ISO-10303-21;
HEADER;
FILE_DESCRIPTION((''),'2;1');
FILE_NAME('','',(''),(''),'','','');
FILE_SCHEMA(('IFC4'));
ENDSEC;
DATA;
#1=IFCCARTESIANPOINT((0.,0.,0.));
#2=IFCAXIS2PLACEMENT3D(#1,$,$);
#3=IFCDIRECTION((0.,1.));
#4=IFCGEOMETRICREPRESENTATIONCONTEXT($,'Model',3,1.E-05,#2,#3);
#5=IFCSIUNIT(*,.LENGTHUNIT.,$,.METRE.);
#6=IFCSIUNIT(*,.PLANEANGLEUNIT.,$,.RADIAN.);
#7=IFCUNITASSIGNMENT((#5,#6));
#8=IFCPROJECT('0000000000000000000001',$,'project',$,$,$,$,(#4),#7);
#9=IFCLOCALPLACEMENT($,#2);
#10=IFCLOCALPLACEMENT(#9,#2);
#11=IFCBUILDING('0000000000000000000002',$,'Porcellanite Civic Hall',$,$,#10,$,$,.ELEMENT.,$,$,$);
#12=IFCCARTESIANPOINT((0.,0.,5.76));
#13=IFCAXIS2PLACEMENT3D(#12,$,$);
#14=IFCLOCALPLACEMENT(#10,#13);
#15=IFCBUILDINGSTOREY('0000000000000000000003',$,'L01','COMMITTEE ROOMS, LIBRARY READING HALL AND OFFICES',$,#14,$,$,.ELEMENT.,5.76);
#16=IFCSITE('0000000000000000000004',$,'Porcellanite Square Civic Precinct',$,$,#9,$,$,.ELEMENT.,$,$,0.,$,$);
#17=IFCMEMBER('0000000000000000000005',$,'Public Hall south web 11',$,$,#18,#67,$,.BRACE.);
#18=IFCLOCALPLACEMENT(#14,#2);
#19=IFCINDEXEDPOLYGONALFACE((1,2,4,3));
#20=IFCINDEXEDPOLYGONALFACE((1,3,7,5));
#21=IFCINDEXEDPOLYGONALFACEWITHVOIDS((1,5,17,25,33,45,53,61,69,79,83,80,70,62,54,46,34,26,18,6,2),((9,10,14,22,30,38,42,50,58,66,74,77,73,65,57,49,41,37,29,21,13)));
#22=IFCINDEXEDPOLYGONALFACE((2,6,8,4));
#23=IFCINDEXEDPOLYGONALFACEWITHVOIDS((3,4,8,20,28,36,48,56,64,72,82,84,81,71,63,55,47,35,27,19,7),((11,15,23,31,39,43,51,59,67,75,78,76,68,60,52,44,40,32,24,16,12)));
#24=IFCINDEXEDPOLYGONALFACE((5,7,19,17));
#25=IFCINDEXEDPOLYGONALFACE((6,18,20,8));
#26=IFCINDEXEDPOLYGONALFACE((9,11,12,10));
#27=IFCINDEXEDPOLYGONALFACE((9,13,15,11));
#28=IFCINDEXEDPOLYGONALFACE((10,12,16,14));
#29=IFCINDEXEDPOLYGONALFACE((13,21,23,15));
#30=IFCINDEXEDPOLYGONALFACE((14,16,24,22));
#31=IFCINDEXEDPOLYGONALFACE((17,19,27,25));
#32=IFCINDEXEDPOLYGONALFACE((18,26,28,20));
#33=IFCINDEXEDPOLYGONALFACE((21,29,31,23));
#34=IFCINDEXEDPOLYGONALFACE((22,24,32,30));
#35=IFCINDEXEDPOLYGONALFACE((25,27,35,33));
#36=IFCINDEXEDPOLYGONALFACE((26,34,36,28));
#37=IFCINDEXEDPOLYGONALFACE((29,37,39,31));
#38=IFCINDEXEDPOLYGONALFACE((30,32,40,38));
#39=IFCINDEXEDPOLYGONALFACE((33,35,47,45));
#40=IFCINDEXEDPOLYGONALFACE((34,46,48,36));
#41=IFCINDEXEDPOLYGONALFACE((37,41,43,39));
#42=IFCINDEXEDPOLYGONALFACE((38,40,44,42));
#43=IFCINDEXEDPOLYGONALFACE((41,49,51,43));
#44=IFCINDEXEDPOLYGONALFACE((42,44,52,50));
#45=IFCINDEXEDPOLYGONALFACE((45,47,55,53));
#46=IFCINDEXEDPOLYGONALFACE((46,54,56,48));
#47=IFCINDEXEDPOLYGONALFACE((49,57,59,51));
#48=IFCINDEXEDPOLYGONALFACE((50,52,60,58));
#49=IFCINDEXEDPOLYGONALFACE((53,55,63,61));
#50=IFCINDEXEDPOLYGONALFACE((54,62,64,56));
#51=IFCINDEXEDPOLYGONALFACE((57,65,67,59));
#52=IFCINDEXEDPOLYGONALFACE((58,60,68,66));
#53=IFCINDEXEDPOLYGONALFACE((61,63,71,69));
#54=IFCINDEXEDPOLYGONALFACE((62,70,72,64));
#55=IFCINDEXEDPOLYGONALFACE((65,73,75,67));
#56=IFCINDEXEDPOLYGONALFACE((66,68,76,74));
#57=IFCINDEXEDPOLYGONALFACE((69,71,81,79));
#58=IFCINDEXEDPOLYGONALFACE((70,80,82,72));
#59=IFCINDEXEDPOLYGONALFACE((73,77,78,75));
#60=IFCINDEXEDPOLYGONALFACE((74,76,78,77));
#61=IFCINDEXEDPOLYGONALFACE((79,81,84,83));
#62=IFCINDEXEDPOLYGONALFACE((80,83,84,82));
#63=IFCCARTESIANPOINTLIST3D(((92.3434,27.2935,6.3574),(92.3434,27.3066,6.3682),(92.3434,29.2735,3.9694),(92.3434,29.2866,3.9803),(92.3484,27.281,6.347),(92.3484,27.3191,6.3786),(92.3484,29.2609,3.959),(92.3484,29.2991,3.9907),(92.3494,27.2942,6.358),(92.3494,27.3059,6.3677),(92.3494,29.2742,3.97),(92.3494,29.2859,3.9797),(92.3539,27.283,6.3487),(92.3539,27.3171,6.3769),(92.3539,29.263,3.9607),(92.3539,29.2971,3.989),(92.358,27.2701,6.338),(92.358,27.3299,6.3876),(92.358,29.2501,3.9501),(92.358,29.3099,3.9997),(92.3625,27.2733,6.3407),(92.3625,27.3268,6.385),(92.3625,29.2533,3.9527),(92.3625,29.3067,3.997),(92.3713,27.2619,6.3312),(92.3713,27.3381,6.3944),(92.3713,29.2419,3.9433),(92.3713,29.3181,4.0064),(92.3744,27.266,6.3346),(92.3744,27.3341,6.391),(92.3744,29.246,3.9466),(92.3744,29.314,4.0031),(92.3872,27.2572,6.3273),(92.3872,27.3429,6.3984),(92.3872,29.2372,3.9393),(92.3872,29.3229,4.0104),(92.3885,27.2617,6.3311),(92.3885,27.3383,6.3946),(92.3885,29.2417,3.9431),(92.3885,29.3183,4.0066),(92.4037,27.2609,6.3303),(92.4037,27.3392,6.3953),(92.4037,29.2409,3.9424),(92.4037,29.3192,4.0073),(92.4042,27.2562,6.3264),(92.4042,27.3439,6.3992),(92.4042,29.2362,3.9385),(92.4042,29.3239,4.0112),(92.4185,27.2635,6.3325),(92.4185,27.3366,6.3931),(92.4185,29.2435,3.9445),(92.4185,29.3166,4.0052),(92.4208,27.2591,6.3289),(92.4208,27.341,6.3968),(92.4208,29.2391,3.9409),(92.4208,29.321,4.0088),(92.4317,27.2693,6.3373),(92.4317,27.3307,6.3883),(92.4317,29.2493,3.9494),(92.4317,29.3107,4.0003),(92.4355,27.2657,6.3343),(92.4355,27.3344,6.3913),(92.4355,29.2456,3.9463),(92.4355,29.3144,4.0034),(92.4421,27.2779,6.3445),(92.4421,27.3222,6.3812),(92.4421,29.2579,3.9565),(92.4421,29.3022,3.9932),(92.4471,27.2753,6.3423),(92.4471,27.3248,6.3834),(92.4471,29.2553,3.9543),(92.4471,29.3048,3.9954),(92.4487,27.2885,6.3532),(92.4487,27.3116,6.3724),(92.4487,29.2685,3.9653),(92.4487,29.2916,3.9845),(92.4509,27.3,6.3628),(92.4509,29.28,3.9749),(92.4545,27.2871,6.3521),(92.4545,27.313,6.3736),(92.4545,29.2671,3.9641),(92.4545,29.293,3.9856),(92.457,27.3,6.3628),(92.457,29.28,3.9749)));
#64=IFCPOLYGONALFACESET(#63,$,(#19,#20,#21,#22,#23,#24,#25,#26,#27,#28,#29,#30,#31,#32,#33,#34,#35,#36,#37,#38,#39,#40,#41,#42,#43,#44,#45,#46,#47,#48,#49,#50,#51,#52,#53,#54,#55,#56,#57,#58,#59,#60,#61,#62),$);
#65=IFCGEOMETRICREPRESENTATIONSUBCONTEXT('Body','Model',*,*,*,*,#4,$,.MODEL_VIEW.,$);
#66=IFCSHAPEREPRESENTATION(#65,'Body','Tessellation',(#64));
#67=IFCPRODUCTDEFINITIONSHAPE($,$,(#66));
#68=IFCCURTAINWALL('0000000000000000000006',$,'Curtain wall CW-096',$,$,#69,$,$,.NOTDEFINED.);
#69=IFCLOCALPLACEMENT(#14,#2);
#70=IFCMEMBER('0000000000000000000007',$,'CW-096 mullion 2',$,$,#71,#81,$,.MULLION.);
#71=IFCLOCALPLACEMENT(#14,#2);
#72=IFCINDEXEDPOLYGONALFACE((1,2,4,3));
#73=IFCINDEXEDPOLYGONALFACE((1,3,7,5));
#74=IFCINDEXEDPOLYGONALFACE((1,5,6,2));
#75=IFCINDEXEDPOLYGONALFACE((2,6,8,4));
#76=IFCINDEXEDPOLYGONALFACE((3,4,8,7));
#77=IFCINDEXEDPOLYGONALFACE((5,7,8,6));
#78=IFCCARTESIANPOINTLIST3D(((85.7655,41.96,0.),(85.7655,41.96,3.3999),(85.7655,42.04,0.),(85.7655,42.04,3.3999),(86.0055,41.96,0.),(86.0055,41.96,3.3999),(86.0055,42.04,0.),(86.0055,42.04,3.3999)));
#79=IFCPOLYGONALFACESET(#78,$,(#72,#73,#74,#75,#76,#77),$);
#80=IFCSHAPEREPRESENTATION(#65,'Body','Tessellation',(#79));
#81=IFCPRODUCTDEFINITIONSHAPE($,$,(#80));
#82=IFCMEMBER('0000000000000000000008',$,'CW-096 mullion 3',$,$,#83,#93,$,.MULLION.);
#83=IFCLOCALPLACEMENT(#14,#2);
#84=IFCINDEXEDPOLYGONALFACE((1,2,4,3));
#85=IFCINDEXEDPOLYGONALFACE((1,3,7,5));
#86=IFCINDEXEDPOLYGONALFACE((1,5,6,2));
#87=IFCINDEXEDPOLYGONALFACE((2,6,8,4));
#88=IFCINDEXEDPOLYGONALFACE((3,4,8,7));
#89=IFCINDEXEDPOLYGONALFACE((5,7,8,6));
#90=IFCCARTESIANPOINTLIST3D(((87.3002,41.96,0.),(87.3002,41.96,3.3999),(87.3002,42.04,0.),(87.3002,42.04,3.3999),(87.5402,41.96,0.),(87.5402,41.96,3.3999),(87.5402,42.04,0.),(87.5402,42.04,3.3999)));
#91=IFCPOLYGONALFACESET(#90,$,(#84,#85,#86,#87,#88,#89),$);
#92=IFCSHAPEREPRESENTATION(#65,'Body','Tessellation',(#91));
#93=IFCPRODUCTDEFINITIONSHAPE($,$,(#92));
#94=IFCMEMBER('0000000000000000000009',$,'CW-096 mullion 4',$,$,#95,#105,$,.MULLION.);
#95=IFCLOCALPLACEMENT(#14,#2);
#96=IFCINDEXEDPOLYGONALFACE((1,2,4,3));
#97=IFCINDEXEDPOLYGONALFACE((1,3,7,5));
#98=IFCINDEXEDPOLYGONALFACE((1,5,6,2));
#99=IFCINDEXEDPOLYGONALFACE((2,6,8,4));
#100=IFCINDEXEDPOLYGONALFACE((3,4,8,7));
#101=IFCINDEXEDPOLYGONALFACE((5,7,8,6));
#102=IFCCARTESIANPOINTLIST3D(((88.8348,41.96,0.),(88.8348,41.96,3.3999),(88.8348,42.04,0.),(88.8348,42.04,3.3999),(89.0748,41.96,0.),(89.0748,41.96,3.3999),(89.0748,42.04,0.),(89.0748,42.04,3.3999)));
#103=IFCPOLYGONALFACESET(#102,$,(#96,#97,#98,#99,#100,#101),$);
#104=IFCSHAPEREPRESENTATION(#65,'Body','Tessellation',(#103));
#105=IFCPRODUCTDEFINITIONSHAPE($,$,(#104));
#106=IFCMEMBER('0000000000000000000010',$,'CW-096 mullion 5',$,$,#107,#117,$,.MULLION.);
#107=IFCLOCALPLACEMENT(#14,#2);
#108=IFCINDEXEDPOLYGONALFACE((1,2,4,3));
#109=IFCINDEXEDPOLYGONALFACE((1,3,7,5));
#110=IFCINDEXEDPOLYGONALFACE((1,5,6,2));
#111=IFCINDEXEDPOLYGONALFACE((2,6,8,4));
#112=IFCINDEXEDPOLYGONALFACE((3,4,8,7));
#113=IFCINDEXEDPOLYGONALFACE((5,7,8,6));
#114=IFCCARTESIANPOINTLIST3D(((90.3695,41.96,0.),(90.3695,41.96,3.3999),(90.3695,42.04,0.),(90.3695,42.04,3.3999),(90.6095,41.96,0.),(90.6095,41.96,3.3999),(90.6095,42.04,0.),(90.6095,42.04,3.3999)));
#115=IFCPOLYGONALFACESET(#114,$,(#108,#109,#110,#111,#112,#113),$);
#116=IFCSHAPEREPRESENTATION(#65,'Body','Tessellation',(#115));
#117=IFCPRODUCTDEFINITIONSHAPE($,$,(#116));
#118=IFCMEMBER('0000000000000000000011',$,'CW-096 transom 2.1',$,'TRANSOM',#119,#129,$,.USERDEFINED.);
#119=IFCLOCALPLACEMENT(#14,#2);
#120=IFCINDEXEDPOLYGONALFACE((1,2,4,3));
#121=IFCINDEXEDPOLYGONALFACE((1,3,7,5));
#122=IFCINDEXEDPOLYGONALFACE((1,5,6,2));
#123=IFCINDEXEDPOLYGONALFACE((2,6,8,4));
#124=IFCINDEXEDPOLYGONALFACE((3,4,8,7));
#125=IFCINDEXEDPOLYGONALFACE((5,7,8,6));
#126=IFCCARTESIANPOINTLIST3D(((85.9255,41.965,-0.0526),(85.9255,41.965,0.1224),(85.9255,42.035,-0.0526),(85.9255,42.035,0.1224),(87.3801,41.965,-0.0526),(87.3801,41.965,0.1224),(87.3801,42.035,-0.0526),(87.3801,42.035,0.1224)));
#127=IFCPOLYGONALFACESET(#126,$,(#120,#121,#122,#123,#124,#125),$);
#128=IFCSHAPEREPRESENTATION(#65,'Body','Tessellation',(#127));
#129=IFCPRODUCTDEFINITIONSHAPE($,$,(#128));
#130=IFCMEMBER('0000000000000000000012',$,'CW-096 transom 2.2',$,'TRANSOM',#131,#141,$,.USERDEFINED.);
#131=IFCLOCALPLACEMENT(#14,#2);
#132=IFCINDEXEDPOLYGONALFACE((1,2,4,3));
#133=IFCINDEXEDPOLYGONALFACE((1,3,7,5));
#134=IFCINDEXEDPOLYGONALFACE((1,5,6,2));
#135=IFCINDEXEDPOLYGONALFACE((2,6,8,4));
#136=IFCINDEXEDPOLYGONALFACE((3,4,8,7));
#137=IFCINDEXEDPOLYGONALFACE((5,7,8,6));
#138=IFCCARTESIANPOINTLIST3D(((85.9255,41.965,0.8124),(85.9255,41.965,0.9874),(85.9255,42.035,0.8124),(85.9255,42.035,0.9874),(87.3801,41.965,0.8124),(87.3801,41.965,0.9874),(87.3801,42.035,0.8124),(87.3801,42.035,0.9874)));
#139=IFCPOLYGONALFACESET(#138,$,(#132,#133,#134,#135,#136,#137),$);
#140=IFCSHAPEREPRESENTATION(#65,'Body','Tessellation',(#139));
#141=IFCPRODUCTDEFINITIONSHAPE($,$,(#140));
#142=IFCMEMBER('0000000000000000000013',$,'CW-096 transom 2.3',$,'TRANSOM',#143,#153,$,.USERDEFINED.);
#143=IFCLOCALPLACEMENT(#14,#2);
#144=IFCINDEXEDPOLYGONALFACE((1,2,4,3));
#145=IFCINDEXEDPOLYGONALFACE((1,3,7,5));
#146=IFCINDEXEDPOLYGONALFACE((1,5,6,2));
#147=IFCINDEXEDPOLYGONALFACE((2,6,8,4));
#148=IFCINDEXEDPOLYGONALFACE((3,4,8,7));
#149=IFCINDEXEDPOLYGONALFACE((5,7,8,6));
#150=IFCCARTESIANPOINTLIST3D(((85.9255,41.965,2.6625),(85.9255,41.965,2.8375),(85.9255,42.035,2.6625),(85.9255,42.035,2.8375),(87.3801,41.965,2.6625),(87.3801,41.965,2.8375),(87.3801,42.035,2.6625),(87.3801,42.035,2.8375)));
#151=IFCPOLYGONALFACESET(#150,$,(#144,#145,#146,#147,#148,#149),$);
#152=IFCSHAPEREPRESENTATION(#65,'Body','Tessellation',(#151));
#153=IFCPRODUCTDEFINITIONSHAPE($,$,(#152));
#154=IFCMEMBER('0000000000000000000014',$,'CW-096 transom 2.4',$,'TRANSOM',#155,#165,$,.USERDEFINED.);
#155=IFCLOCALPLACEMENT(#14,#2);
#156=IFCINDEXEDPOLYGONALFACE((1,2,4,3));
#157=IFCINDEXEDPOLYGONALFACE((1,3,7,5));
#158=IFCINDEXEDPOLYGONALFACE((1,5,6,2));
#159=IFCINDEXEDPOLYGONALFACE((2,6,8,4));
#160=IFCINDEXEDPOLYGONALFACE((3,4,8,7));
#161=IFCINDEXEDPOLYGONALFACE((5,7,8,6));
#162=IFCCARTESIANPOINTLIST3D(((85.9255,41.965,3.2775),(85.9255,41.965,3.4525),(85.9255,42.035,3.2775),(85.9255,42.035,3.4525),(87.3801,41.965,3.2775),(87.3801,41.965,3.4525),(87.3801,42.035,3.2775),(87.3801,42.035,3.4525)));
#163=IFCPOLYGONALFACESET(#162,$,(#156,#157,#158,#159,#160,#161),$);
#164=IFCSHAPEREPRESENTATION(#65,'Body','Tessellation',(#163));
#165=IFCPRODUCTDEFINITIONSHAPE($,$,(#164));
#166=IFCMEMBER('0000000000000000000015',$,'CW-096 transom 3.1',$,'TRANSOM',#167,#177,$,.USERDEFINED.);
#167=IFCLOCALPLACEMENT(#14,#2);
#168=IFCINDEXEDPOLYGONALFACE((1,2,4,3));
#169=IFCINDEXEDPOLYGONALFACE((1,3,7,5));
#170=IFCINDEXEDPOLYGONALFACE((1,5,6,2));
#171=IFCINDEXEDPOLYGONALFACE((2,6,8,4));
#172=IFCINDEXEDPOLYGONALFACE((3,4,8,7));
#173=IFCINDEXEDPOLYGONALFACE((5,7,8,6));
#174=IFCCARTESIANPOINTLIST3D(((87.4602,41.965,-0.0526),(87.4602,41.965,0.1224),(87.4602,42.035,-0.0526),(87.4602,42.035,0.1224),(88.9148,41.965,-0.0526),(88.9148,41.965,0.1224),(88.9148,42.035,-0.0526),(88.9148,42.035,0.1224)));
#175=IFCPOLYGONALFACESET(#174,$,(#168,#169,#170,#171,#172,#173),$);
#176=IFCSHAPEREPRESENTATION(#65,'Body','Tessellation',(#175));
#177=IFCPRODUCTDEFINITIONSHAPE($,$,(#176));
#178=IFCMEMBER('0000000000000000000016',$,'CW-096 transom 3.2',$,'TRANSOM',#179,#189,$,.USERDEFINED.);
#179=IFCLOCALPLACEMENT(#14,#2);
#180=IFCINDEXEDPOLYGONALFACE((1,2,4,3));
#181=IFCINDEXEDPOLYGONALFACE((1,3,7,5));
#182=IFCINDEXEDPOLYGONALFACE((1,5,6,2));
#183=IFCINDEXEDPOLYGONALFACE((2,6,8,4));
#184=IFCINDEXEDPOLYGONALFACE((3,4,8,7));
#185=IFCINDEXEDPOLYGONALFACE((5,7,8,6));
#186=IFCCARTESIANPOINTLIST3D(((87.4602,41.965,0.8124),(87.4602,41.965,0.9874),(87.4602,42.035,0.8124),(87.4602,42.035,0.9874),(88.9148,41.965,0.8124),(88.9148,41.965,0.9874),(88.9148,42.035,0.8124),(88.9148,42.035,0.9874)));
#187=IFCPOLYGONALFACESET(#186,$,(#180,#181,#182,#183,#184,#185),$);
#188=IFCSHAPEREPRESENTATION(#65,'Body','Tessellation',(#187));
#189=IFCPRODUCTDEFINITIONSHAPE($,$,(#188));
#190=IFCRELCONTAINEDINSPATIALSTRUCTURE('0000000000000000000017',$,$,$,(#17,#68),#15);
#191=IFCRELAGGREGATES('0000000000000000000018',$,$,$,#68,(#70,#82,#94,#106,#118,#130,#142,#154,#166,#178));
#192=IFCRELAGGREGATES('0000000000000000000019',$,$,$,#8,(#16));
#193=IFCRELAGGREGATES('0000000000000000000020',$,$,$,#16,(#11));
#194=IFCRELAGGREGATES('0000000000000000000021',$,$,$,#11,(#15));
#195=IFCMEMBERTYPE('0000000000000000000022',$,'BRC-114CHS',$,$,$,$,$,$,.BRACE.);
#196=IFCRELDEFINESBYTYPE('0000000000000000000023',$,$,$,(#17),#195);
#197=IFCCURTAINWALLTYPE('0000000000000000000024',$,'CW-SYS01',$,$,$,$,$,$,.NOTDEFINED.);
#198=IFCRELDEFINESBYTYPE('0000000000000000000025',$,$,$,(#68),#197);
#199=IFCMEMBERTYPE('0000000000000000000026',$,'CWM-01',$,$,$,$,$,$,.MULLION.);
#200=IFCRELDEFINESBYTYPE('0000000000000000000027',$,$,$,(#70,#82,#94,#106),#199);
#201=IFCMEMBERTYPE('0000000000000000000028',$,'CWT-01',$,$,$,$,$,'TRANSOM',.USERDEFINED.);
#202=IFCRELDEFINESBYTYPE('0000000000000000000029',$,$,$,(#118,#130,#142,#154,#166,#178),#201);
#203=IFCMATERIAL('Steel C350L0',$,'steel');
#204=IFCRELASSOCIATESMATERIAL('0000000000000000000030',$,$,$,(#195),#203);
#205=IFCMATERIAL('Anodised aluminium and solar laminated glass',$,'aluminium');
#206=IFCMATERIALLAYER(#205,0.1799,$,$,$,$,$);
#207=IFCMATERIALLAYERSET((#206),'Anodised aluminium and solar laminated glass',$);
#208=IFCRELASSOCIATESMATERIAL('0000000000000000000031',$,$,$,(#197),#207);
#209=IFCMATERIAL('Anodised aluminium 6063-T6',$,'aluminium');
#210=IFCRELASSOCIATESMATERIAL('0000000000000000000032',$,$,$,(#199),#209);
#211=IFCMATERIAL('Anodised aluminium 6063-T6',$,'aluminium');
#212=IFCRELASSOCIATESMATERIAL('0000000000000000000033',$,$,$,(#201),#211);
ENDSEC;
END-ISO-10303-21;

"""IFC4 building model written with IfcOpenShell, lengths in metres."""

from ifc_helpers import new_model, si_unit, direction, frame, origin, origin_2d, place, context, subcontext, project, spatial, rectangle, hollow_circle, extrude, material, layer, layer_set, material_profile, profile_set, type_object, element, aggregate, save


model = new_model("IFC4")

# Units and contexts
model_context = context("Model", 3, precision=1e-05, world=origin(), true_north=direction((0.0, 1.0)))
body_context = subcontext(model_context, "Body", "Model", "MODEL_VIEW")
ifc_project = project(units=[si_unit("LENGTHUNIT", "METRE"), si_unit("PLANEANGLEUNIT", "RADIAN")], contexts=[model_context])

# Site, building, storey
site_placement = place(None, origin())
site = spatial("IfcSite", under=ifc_project, at=site_placement, Name="Porcellanite Square Civic Precinct", CompositionType="ELEMENT", RefElevation=0.0)
building_placement = place(site_placement, origin())
building = spatial("IfcBuilding", under=site, at=building_placement, Name="Porcellanite Civic Hall", CompositionType="ELEMENT")
storey_placement = place(building_placement, frame((0.0, 0.0, 5.76)))
storey = spatial("IfcBuildingStorey", under=building, at=storey_placement, Name="L01", Description="COMMITTEE ROOMS, LIBRARY READING HALL AND OFFICES", CompositionType="ELEMENT", Elevation=5.76)

# Member
ifc_material_1 = material(Name="Steel C350L0", Category="steel")
ifc_material_profile_1 = material_profile(ifc_material_1, hollow_circle(Radius=0.0571, WallThickness=0.0061, at=origin_2d()), Name="114.3x6.0CHS")
ifc_profile_set_1 = profile_set([ifc_material_profile_1], Name="Steel C350L0")
member_type_1 = type_object("IfcMemberType", Name="BRC-114CHS", PredefinedType="BRACE", material=ifc_profile_set_1)
member_1_placement = place(storey_placement, frame((92.3999, 29.28, 3.9749), z_axis=(0.0, -0.638286, 0.769799), x_axis=(1.0, 0.0, 0.0)))
element("IfcMember", 1, at=member_1_placement, inside=storey, type_object=member_type_1, Name="Public Hall south web 11", PredefinedType="BRACE", context=body_context, shape_type="SweptSolid", body=[
    extrude(hollow_circle(Radius=0.0571, WallThickness=0.0061, at=origin_2d()), origin(), (0.0, 0.0, 1.0), 3.1021),
])

# Curtain wall, members
ifc_material_2 = material(Name="Anodised aluminium and solar laminated glass", Category="aluminium")
ifc_layer_1 = layer(ifc_material_2, 0.1799)
ifc_layer_set_1 = layer_set([ifc_layer_1], Name="Anodised aluminium and solar laminated glass")
curtain_wall_type = type_object("IfcCurtainWallType", Name="CW-SYS01", PredefinedType="NOTDEFINED", material=ifc_layer_set_1)
curtain_wall_placement = place(storey_placement, origin())
curtain_wall = element("IfcCurtainWall", 2, at=curtain_wall_placement, inside=storey, type_object=curtain_wall_type, Name="Curtain wall CW-096", PredefinedType="NOTDEFINED")
ifc_material_3 = material(Name="Anodised aluminium 6063-T6", Category="aluminium")
ifc_material_profile_2 = material_profile(ifc_material_3, rectangle(XDim=0.0801, YDim=0.24, at=origin_2d()), Name="AL-80x240")
ifc_profile_set_2 = profile_set([ifc_material_profile_2], Name="Anodised aluminium 6063-T6")
member_type_2 = type_object("IfcMemberType", Name="CWM-01", PredefinedType="MULLION", material=ifc_profile_set_2)
member_2_placement = place(storey_placement, frame((85.8855, 42.0, 0.0), z_axis=(0.0, 0.0, 1.0), x_axis=(0.0, 1.0, 0.0)))
member_2 = element("IfcMember", 3, at=member_2_placement, type_object=member_type_2, Name="CW-096 mullion 2", PredefinedType="MULLION", context=body_context, shape_type="SweptSolid", body=[
    extrude(rectangle(XDim=0.0801, YDim=0.24, at=origin_2d()), origin(), (0.0, 0.0, 1.0), 3.3999),
])
member_3_placement = place(storey_placement, frame((87.4202, 42.0, 0.0), z_axis=(0.0, 0.0, 1.0), x_axis=(0.0, 1.0, 0.0)))
member_3 = element("IfcMember", 4, at=member_3_placement, type_object=member_type_2, Name="CW-096 mullion 3", PredefinedType="MULLION", context=body_context, shape_type="SweptSolid", body=[
    extrude(rectangle(XDim=0.0801, YDim=0.24, at=origin_2d()), origin(), (0.0, 0.0, 1.0), 3.3999),
])
member_4_placement = place(storey_placement, frame((88.9548, 42.0, 0.0), z_axis=(0.0, 0.0, 1.0), x_axis=(0.0, 1.0, 0.0)))
member_4 = element("IfcMember", 5, at=member_4_placement, type_object=member_type_2, Name="CW-096 mullion 4", PredefinedType="MULLION", context=body_context, shape_type="SweptSolid", body=[
    extrude(rectangle(XDim=0.0801, YDim=0.24, at=origin_2d()), origin(), (0.0, 0.0, 1.0), 3.3999),
])
member_5_placement = place(storey_placement, frame((90.4895, 42.0, 0.0), z_axis=(0.0, 0.0, 1.0), x_axis=(0.0, 1.0, 0.0)))
member_5 = element("IfcMember", 6, at=member_5_placement, type_object=member_type_2, Name="CW-096 mullion 5", PredefinedType="MULLION", context=body_context, shape_type="SweptSolid", body=[
    extrude(rectangle(XDim=0.0801, YDim=0.24, at=origin_2d()), origin(), (0.0, 0.0, 1.0), 3.3999),
])
ifc_material_4 = material(Name="Anodised aluminium 6063-T6", Category="aluminium")
ifc_material_profile_3 = material_profile(ifc_material_4, rectangle(XDim=0.0701, YDim=0.175, at=origin_2d()), Name="AL-70x175")
ifc_profile_set_3 = profile_set([ifc_material_profile_3], Name="Anodised aluminium 6063-T6")
member_type_3 = type_object("IfcMemberType", Name="CWT-01", ElementType="TRANSOM", PredefinedType="USERDEFINED", material=ifc_profile_set_3)
member_6_placement = place(storey_placement, frame((85.9255, 42.0, 0.0349), z_axis=(1.0, 0.0, 0.0), x_axis=(0.0, 1.0, 0.0)))
member_6 = element("IfcMember", 7, at=member_6_placement, type_object=member_type_3, Name="CW-096 transom 2.1", ObjectType="TRANSOM", PredefinedType="USERDEFINED", context=body_context, shape_type="SweptSolid", body=[
    extrude(rectangle(XDim=0.0701, YDim=0.175, at=origin_2d()), origin(), (0.0, 0.0, 1.0), 1.4546),
])
member_7_placement = place(storey_placement, frame((85.9255, 42.0, 0.8999), z_axis=(1.0, 0.0, 0.0), x_axis=(0.0, 1.0, 0.0)))
member_7 = element("IfcMember", 8, at=member_7_placement, type_object=member_type_3, Name="CW-096 transom 2.2", ObjectType="TRANSOM", PredefinedType="USERDEFINED", context=body_context, shape_type="SweptSolid", body=[
    extrude(rectangle(XDim=0.0701, YDim=0.175, at=origin_2d()), origin(), (0.0, 0.0, 1.0), 1.4546),
])
member_8_placement = place(storey_placement, frame((85.9255, 42.0, 2.75), z_axis=(1.0, 0.0, 0.0), x_axis=(0.0, 1.0, 0.0)))
member_8 = element("IfcMember", 9, at=member_8_placement, type_object=member_type_3, Name="CW-096 transom 2.3", ObjectType="TRANSOM", PredefinedType="USERDEFINED", context=body_context, shape_type="SweptSolid", body=[
    extrude(rectangle(XDim=0.0701, YDim=0.175, at=origin_2d()), origin(), (0.0, 0.0, 1.0), 1.4546),
])
member_9_placement = place(storey_placement, frame((85.9255, 42.0, 3.365), z_axis=(1.0, 0.0, 0.0), x_axis=(0.0, 1.0, 0.0)))
member_9 = element("IfcMember", 10, at=member_9_placement, type_object=member_type_3, Name="CW-096 transom 2.4", ObjectType="TRANSOM", PredefinedType="USERDEFINED", context=body_context, shape_type="SweptSolid", body=[
    extrude(rectangle(XDim=0.0701, YDim=0.175, at=origin_2d()), origin(), (0.0, 0.0, 1.0), 1.4546),
])
member_10_placement = place(storey_placement, frame((87.4602, 42.0, 0.0349), z_axis=(1.0, 0.0, 0.0), x_axis=(0.0, 1.0, 0.0)))
member_10 = element("IfcMember", 11, at=member_10_placement, type_object=member_type_3, Name="CW-096 transom 3.1", ObjectType="TRANSOM", PredefinedType="USERDEFINED", context=body_context, shape_type="SweptSolid", body=[
    extrude(rectangle(XDim=0.0701, YDim=0.175, at=origin_2d()), origin(), (0.0, 0.0, 1.0), 1.4546),
])
member_11_placement = place(storey_placement, frame((87.4602, 42.0, 0.8999), z_axis=(1.0, 0.0, 0.0), x_axis=(0.0, 1.0, 0.0)))
member_11 = element("IfcMember", 12, at=member_11_placement, type_object=member_type_3, Name="CW-096 transom 3.2", ObjectType="TRANSOM", PredefinedType="USERDEFINED", context=body_context, shape_type="SweptSolid", body=[
    extrude(rectangle(XDim=0.0701, YDim=0.175, at=origin_2d()), origin(), (0.0, 0.0, 1.0), 1.4546),
])

aggregate(curtain_wall, [member_2, member_3, member_4, member_5, member_6, member_7, member_8, member_9, member_10, member_11])

save(model, "model.ifc")
